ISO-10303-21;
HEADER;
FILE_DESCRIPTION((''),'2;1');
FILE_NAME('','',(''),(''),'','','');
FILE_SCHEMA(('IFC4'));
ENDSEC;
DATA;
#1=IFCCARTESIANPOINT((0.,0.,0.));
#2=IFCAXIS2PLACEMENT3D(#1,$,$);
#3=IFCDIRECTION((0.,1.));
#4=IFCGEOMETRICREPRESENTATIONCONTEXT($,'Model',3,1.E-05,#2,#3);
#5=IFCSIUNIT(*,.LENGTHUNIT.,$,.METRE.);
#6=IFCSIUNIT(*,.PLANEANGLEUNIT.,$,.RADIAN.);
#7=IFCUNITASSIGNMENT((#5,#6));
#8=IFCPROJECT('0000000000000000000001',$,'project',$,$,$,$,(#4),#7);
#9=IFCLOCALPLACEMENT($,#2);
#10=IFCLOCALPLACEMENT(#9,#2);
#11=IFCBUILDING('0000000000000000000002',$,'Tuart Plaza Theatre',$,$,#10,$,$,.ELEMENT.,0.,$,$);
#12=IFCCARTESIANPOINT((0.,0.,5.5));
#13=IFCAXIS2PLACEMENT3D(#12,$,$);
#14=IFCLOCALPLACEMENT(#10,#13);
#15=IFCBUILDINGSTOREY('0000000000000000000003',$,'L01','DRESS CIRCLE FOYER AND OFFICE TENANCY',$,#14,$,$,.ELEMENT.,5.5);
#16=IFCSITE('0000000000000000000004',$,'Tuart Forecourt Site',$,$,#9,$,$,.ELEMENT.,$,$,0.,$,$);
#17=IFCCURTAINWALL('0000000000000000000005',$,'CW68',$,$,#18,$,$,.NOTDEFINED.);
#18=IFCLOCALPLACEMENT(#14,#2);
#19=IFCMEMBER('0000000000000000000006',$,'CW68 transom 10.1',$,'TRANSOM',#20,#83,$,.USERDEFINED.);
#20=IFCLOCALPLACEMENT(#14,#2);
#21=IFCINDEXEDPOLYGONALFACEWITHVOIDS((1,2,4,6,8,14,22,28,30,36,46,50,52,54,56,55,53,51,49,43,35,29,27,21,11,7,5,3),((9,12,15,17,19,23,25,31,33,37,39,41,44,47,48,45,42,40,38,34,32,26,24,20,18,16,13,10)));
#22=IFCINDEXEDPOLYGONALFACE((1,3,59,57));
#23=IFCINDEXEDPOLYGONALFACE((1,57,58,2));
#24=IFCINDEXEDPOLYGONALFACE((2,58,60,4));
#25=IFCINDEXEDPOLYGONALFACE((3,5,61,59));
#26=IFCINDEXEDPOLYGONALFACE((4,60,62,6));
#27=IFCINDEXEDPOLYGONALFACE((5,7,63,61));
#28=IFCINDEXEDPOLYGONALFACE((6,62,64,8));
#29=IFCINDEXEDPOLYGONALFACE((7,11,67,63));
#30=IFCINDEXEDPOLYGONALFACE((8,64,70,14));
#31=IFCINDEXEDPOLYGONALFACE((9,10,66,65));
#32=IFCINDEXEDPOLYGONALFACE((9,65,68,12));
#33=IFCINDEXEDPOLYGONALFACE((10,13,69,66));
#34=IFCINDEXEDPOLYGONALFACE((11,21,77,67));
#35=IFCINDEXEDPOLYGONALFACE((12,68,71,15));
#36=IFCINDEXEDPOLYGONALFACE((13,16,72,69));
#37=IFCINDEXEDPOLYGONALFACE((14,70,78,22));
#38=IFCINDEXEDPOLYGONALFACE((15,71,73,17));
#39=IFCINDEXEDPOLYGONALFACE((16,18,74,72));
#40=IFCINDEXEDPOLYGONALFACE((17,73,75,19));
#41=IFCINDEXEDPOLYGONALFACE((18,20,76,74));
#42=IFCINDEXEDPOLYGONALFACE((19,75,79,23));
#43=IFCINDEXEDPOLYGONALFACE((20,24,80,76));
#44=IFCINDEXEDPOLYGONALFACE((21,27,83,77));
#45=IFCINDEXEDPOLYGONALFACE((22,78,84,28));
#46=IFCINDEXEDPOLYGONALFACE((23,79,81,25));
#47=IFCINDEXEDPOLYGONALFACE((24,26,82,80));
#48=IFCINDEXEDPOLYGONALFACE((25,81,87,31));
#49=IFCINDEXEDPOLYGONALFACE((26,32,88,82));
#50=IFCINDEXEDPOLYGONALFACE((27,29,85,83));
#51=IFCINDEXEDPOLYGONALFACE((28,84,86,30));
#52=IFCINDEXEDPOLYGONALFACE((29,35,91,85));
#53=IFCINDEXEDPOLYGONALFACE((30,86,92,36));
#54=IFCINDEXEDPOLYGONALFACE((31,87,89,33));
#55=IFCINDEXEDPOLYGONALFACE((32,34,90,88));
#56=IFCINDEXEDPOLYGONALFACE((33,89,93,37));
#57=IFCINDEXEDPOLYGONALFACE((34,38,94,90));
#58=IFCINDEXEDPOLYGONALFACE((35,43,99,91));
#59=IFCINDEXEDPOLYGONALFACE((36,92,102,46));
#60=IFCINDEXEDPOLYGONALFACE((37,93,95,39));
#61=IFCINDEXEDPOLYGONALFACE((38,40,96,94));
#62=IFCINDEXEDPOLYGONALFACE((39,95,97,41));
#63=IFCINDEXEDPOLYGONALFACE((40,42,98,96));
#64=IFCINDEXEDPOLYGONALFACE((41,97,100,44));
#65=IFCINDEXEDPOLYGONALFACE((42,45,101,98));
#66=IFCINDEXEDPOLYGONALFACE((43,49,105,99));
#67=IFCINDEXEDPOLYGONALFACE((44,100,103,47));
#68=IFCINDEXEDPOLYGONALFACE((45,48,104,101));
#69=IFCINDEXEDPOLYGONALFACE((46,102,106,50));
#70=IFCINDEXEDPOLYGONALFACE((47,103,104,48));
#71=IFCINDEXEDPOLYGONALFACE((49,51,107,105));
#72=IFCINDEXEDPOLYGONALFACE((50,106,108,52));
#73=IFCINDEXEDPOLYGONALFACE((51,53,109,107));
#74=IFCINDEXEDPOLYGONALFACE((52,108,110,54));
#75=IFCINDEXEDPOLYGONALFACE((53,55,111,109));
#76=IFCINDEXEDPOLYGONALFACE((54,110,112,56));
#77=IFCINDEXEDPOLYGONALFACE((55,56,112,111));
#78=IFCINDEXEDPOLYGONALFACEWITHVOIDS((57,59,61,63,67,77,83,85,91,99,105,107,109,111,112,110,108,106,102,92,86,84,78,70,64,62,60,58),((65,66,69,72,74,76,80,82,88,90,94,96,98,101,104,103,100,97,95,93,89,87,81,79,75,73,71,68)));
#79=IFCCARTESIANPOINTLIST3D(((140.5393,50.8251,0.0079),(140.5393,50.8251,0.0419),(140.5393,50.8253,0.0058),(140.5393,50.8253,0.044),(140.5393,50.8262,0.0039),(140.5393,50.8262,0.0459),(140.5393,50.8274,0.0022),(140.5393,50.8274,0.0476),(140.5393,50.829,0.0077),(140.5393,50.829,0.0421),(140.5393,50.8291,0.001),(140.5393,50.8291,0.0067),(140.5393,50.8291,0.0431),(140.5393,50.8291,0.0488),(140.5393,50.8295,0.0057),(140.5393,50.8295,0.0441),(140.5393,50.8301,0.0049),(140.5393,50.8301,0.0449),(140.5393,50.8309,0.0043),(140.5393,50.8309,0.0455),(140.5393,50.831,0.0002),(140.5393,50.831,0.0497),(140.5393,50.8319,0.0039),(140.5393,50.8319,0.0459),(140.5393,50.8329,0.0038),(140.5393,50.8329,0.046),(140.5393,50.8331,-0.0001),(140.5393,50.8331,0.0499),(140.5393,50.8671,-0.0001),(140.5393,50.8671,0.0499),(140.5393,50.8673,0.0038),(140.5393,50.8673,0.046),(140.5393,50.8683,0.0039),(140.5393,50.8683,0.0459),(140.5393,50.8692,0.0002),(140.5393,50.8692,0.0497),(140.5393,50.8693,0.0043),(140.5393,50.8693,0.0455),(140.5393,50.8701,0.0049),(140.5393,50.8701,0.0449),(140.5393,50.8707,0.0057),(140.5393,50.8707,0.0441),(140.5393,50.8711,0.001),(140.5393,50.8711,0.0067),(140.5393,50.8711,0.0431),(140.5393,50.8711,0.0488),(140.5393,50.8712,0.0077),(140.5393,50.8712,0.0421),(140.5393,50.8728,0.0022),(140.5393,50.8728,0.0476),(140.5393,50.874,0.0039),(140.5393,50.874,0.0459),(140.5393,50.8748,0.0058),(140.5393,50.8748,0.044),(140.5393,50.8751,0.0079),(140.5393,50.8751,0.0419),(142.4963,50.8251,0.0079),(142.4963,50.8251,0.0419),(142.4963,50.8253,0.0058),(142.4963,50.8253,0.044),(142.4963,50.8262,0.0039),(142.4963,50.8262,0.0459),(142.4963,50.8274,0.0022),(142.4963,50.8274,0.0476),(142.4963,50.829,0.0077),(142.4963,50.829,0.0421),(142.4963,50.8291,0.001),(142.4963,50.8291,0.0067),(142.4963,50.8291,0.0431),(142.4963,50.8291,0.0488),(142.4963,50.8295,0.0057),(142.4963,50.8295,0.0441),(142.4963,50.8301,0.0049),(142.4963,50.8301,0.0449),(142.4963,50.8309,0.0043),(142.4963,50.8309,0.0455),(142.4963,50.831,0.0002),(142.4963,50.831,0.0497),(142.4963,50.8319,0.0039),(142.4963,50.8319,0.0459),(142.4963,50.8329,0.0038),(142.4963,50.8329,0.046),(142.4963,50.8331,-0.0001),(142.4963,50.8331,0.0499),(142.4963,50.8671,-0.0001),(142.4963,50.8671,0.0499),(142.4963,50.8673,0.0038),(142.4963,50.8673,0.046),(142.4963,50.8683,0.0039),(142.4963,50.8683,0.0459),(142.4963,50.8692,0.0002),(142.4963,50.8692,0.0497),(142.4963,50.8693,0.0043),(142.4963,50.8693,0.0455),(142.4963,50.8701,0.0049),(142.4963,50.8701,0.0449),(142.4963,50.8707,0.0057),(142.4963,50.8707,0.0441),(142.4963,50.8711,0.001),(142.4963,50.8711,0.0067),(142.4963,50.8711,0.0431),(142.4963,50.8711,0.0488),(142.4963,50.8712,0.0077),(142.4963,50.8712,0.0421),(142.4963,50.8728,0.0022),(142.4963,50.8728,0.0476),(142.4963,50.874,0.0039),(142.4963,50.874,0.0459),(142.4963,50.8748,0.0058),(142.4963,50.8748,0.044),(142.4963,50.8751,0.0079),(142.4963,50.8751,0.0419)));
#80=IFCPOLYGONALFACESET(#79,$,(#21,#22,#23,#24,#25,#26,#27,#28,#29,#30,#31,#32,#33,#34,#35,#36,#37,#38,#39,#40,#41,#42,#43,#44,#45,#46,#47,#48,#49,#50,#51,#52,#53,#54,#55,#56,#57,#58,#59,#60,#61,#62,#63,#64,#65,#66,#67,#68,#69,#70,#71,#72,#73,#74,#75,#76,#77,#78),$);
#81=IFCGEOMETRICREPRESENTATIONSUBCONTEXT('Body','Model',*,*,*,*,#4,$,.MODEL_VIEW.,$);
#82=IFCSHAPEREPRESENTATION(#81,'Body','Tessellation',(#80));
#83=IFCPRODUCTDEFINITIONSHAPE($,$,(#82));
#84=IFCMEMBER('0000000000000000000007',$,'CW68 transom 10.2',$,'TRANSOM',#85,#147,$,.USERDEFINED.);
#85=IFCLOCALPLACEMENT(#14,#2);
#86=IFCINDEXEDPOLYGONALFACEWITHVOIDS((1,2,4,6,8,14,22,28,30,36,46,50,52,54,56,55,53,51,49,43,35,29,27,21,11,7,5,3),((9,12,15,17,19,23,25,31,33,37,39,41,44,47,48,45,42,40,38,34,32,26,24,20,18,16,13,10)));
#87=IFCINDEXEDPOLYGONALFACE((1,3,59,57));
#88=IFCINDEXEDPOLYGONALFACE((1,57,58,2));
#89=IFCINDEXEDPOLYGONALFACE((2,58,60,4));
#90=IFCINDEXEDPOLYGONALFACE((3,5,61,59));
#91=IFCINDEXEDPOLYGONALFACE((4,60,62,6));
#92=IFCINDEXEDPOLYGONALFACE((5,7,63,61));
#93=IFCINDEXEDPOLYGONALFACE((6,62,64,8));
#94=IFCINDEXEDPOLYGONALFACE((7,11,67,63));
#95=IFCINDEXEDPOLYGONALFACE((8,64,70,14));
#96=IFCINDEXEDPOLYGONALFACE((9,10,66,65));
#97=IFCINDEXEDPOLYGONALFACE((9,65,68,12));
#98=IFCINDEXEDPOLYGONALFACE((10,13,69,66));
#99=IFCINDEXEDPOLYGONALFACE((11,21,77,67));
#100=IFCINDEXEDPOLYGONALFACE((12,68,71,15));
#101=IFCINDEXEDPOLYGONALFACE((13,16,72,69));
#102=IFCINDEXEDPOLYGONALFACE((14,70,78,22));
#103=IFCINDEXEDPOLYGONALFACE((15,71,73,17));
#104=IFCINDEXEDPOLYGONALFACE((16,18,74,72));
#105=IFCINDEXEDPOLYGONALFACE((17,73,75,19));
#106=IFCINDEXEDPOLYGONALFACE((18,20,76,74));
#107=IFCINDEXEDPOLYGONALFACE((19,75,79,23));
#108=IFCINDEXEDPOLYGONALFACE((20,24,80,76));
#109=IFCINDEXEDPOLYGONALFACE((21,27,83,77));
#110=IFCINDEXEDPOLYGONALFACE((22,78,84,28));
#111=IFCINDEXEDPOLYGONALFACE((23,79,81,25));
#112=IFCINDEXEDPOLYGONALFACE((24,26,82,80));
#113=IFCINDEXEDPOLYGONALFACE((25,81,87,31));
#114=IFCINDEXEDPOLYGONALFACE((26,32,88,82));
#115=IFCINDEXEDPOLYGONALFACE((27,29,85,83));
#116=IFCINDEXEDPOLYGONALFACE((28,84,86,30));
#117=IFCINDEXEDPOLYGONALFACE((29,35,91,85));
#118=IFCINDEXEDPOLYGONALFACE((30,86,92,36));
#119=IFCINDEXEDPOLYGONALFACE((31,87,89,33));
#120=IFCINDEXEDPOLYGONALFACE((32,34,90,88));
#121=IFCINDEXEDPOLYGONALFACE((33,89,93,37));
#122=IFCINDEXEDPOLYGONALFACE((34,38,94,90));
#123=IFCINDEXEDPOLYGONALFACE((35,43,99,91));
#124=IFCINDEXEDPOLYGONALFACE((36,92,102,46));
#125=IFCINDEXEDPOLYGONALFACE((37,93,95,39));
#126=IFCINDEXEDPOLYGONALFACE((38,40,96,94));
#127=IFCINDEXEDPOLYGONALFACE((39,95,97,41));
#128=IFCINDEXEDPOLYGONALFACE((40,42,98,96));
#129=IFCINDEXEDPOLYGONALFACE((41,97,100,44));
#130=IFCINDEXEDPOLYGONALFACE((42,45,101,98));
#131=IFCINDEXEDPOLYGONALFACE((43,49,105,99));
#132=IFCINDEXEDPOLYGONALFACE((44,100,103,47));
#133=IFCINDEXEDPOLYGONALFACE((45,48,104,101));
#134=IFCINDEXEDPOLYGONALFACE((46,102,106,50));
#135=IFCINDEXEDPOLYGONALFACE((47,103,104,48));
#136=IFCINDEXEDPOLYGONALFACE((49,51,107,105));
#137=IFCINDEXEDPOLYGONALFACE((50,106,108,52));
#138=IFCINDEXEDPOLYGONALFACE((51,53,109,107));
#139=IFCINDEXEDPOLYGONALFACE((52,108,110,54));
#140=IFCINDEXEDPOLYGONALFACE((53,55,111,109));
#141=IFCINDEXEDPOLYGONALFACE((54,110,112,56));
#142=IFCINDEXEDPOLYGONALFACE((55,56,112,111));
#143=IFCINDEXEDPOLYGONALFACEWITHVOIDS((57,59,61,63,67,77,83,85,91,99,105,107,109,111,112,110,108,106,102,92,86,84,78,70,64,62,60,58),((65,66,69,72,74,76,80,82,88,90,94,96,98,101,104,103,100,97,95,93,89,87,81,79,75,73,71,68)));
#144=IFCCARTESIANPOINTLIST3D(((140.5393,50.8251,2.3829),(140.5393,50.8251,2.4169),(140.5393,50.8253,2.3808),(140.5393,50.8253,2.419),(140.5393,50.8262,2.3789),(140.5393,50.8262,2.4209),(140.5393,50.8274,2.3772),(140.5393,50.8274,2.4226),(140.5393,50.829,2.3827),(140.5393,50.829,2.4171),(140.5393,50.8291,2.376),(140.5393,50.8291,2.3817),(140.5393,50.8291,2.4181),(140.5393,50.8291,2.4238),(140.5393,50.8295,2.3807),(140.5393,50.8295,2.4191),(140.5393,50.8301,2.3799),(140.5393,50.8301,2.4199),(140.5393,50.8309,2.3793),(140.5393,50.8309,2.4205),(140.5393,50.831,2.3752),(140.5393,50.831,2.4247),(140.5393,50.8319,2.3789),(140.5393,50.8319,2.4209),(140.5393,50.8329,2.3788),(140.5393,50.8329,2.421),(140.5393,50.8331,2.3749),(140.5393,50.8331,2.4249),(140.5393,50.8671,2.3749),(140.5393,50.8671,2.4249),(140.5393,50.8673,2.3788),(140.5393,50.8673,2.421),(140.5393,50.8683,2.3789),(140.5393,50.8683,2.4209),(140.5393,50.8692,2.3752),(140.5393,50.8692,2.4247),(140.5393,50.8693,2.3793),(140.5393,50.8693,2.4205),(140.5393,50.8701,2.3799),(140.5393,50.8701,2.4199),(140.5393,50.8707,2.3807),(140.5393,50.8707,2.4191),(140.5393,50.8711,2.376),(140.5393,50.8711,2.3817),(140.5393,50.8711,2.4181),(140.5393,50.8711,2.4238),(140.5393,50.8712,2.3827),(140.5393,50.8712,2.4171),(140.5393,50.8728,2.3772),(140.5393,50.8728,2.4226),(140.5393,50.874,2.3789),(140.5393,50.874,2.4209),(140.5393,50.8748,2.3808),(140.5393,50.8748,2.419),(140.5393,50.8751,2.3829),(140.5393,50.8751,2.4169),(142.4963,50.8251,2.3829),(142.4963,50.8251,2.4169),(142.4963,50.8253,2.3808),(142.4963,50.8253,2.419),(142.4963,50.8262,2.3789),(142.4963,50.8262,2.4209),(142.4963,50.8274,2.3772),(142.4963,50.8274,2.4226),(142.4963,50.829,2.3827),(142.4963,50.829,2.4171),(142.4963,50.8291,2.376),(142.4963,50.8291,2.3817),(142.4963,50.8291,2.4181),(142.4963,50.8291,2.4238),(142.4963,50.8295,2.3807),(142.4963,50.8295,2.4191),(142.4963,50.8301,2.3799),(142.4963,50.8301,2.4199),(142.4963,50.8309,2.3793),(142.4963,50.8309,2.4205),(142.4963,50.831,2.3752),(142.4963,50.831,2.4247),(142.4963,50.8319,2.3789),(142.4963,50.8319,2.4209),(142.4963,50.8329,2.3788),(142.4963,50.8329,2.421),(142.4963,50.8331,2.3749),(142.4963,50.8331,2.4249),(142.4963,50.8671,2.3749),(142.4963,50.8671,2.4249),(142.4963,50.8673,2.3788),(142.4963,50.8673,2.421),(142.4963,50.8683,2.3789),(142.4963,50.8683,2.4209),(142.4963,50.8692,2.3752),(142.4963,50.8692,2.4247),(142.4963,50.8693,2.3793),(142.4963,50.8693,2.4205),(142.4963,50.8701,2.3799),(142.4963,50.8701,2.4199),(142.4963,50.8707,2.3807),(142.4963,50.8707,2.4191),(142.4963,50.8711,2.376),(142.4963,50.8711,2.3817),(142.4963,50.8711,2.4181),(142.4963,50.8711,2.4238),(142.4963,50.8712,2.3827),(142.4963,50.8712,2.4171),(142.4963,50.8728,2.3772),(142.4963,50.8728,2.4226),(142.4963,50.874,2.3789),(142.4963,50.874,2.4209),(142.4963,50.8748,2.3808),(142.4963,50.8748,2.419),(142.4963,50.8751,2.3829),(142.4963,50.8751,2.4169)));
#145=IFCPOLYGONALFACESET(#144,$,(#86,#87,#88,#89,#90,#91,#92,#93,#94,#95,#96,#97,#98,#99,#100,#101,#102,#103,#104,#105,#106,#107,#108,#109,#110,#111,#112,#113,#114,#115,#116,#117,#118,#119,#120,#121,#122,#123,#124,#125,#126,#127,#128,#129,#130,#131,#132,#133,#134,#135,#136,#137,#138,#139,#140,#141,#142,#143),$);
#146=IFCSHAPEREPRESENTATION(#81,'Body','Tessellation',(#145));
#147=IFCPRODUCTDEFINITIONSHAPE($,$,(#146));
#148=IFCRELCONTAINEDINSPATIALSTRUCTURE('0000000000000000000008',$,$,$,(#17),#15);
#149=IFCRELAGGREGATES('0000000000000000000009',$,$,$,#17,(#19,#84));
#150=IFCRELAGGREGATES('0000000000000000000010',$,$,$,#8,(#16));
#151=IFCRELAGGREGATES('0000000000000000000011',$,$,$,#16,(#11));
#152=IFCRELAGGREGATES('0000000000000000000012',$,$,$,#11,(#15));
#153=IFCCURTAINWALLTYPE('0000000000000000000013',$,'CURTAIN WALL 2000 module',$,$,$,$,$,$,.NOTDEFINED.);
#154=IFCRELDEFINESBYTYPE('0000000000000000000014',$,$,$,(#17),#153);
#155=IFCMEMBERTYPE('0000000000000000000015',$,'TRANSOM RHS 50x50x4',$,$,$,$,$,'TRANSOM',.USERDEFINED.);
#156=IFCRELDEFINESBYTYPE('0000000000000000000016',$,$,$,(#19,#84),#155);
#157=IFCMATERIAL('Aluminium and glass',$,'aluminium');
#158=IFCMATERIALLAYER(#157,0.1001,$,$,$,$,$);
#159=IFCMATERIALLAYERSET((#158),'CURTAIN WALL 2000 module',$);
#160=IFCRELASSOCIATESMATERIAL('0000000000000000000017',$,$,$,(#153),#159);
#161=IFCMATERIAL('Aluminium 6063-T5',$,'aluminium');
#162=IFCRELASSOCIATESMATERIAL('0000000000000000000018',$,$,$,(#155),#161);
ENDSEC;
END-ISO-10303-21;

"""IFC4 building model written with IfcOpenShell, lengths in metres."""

from ifc_helpers import new_model, si_unit, direction, frame, origin, origin_2d, place, context, subcontext, project, spatial, hollow_rectangle, extrude, material, layer, layer_set, material_profile, profile_set, type_object, element, aggregate, save


model = new_model("IFC4")

# Units and contexts
model_context = context("Model", 3, precision=1e-05, world=origin(), true_north=direction((0.0, 1.0)))
body_context = subcontext(model_context, "Body", "Model", "MODEL_VIEW")
ifc_project = project(units=[si_unit("LENGTHUNIT", "METRE"), si_unit("PLANEANGLEUNIT", "RADIAN")], contexts=[model_context])

# Site, building, storey
site_placement = place(None, origin())
site = spatial("IfcSite", under=ifc_project, at=site_placement, Name="Tuart Forecourt Site", CompositionType="ELEMENT", RefElevation=0.0)
building_placement = place(site_placement, origin())
building = spatial("IfcBuilding", under=site, at=building_placement, Name="Tuart Plaza Theatre", CompositionType="ELEMENT", ElevationOfRefHeight=0.0)
storey_placement = place(building_placement, frame((0.0, 0.0, 5.5)))
storey = spatial("IfcBuildingStorey", under=building, at=storey_placement, Name="L01", Description="DRESS CIRCLE FOYER AND OFFICE TENANCY", CompositionType="ELEMENT", Elevation=5.5)

# Curtain wall, members
ifc_material_1 = material(Name="Aluminium and glass", Category="aluminium")
ifc_layer_1 = layer(ifc_material_1, 0.1001)
ifc_layer_set_1 = layer_set([ifc_layer_1], Name="CURTAIN WALL 2000 module")
curtain_wall_type = type_object("IfcCurtainWallType", Name="CURTAIN WALL 2000 module", PredefinedType="NOTDEFINED", material=ifc_layer_set_1)
curtain_wall_placement = place(storey_placement, origin())
curtain_wall = element("IfcCurtainWall", 1, at=curtain_wall_placement, inside=storey, type_object=curtain_wall_type, Name="CW68", PredefinedType="NOTDEFINED")
ifc_material_2 = material(Name="Aluminium 6063-T5", Category="aluminium")
ifc_material_profile_1 = material_profile(ifc_material_2, hollow_rectangle(XDim=0.05, YDim=0.05, WallThickness=0.0039, InnerFilletRadius=0.0039, OuterFilletRadius=0.0081, at=origin_2d()), Name="RHS 50x50x4")
ifc_profile_set_1 = profile_set([ifc_material_profile_1], Name="Aluminium 6063-T5")
member_type_1 = type_object("IfcMemberType", Name="TRANSOM RHS 50x50x4", ElementType="TRANSOM", PredefinedType="USERDEFINED", material=ifc_profile_set_1)
member_1_placement = place(storey_placement, frame((140.5393, 50.8501, 0.0249), z_axis=(1.0, 0.0, 0.0), x_axis=(0.0, 1.0, 0.0)))
member_1 = element("IfcMember", 2, at=member_1_placement, type_object=member_type_1, Name="CW68 transom 10.1", ObjectType="TRANSOM", PredefinedType="USERDEFINED", context=body_context, shape_type="SweptSolid", body=[
    extrude(hollow_rectangle(XDim=0.05, YDim=0.05, WallThickness=0.0039, InnerFilletRadius=0.0039, OuterFilletRadius=0.0081, at=origin_2d()), origin(), (0.0, 0.0, 1.0), 1.957),
])
member_2_placement = place(storey_placement, frame((140.5393, 50.8501, 2.3999), z_axis=(1.0, 0.0, 0.0), x_axis=(0.0, 1.0, 0.0)))
member_2 = element("IfcMember", 3, at=member_2_placement, type_object=member_type_1, Name="CW68 transom 10.2", ObjectType="TRANSOM", PredefinedType="USERDEFINED", context=body_context, shape_type="SweptSolid", body=[
    extrude(hollow_rectangle(XDim=0.05, YDim=0.05, WallThickness=0.0039, InnerFilletRadius=0.0039, OuterFilletRadius=0.0081, at=origin_2d()), origin(), (0.0, 0.0, 1.0), 1.957),
])
aggregate(curtain_wall, [member_1, member_2])

save(model, "model.ifc")
